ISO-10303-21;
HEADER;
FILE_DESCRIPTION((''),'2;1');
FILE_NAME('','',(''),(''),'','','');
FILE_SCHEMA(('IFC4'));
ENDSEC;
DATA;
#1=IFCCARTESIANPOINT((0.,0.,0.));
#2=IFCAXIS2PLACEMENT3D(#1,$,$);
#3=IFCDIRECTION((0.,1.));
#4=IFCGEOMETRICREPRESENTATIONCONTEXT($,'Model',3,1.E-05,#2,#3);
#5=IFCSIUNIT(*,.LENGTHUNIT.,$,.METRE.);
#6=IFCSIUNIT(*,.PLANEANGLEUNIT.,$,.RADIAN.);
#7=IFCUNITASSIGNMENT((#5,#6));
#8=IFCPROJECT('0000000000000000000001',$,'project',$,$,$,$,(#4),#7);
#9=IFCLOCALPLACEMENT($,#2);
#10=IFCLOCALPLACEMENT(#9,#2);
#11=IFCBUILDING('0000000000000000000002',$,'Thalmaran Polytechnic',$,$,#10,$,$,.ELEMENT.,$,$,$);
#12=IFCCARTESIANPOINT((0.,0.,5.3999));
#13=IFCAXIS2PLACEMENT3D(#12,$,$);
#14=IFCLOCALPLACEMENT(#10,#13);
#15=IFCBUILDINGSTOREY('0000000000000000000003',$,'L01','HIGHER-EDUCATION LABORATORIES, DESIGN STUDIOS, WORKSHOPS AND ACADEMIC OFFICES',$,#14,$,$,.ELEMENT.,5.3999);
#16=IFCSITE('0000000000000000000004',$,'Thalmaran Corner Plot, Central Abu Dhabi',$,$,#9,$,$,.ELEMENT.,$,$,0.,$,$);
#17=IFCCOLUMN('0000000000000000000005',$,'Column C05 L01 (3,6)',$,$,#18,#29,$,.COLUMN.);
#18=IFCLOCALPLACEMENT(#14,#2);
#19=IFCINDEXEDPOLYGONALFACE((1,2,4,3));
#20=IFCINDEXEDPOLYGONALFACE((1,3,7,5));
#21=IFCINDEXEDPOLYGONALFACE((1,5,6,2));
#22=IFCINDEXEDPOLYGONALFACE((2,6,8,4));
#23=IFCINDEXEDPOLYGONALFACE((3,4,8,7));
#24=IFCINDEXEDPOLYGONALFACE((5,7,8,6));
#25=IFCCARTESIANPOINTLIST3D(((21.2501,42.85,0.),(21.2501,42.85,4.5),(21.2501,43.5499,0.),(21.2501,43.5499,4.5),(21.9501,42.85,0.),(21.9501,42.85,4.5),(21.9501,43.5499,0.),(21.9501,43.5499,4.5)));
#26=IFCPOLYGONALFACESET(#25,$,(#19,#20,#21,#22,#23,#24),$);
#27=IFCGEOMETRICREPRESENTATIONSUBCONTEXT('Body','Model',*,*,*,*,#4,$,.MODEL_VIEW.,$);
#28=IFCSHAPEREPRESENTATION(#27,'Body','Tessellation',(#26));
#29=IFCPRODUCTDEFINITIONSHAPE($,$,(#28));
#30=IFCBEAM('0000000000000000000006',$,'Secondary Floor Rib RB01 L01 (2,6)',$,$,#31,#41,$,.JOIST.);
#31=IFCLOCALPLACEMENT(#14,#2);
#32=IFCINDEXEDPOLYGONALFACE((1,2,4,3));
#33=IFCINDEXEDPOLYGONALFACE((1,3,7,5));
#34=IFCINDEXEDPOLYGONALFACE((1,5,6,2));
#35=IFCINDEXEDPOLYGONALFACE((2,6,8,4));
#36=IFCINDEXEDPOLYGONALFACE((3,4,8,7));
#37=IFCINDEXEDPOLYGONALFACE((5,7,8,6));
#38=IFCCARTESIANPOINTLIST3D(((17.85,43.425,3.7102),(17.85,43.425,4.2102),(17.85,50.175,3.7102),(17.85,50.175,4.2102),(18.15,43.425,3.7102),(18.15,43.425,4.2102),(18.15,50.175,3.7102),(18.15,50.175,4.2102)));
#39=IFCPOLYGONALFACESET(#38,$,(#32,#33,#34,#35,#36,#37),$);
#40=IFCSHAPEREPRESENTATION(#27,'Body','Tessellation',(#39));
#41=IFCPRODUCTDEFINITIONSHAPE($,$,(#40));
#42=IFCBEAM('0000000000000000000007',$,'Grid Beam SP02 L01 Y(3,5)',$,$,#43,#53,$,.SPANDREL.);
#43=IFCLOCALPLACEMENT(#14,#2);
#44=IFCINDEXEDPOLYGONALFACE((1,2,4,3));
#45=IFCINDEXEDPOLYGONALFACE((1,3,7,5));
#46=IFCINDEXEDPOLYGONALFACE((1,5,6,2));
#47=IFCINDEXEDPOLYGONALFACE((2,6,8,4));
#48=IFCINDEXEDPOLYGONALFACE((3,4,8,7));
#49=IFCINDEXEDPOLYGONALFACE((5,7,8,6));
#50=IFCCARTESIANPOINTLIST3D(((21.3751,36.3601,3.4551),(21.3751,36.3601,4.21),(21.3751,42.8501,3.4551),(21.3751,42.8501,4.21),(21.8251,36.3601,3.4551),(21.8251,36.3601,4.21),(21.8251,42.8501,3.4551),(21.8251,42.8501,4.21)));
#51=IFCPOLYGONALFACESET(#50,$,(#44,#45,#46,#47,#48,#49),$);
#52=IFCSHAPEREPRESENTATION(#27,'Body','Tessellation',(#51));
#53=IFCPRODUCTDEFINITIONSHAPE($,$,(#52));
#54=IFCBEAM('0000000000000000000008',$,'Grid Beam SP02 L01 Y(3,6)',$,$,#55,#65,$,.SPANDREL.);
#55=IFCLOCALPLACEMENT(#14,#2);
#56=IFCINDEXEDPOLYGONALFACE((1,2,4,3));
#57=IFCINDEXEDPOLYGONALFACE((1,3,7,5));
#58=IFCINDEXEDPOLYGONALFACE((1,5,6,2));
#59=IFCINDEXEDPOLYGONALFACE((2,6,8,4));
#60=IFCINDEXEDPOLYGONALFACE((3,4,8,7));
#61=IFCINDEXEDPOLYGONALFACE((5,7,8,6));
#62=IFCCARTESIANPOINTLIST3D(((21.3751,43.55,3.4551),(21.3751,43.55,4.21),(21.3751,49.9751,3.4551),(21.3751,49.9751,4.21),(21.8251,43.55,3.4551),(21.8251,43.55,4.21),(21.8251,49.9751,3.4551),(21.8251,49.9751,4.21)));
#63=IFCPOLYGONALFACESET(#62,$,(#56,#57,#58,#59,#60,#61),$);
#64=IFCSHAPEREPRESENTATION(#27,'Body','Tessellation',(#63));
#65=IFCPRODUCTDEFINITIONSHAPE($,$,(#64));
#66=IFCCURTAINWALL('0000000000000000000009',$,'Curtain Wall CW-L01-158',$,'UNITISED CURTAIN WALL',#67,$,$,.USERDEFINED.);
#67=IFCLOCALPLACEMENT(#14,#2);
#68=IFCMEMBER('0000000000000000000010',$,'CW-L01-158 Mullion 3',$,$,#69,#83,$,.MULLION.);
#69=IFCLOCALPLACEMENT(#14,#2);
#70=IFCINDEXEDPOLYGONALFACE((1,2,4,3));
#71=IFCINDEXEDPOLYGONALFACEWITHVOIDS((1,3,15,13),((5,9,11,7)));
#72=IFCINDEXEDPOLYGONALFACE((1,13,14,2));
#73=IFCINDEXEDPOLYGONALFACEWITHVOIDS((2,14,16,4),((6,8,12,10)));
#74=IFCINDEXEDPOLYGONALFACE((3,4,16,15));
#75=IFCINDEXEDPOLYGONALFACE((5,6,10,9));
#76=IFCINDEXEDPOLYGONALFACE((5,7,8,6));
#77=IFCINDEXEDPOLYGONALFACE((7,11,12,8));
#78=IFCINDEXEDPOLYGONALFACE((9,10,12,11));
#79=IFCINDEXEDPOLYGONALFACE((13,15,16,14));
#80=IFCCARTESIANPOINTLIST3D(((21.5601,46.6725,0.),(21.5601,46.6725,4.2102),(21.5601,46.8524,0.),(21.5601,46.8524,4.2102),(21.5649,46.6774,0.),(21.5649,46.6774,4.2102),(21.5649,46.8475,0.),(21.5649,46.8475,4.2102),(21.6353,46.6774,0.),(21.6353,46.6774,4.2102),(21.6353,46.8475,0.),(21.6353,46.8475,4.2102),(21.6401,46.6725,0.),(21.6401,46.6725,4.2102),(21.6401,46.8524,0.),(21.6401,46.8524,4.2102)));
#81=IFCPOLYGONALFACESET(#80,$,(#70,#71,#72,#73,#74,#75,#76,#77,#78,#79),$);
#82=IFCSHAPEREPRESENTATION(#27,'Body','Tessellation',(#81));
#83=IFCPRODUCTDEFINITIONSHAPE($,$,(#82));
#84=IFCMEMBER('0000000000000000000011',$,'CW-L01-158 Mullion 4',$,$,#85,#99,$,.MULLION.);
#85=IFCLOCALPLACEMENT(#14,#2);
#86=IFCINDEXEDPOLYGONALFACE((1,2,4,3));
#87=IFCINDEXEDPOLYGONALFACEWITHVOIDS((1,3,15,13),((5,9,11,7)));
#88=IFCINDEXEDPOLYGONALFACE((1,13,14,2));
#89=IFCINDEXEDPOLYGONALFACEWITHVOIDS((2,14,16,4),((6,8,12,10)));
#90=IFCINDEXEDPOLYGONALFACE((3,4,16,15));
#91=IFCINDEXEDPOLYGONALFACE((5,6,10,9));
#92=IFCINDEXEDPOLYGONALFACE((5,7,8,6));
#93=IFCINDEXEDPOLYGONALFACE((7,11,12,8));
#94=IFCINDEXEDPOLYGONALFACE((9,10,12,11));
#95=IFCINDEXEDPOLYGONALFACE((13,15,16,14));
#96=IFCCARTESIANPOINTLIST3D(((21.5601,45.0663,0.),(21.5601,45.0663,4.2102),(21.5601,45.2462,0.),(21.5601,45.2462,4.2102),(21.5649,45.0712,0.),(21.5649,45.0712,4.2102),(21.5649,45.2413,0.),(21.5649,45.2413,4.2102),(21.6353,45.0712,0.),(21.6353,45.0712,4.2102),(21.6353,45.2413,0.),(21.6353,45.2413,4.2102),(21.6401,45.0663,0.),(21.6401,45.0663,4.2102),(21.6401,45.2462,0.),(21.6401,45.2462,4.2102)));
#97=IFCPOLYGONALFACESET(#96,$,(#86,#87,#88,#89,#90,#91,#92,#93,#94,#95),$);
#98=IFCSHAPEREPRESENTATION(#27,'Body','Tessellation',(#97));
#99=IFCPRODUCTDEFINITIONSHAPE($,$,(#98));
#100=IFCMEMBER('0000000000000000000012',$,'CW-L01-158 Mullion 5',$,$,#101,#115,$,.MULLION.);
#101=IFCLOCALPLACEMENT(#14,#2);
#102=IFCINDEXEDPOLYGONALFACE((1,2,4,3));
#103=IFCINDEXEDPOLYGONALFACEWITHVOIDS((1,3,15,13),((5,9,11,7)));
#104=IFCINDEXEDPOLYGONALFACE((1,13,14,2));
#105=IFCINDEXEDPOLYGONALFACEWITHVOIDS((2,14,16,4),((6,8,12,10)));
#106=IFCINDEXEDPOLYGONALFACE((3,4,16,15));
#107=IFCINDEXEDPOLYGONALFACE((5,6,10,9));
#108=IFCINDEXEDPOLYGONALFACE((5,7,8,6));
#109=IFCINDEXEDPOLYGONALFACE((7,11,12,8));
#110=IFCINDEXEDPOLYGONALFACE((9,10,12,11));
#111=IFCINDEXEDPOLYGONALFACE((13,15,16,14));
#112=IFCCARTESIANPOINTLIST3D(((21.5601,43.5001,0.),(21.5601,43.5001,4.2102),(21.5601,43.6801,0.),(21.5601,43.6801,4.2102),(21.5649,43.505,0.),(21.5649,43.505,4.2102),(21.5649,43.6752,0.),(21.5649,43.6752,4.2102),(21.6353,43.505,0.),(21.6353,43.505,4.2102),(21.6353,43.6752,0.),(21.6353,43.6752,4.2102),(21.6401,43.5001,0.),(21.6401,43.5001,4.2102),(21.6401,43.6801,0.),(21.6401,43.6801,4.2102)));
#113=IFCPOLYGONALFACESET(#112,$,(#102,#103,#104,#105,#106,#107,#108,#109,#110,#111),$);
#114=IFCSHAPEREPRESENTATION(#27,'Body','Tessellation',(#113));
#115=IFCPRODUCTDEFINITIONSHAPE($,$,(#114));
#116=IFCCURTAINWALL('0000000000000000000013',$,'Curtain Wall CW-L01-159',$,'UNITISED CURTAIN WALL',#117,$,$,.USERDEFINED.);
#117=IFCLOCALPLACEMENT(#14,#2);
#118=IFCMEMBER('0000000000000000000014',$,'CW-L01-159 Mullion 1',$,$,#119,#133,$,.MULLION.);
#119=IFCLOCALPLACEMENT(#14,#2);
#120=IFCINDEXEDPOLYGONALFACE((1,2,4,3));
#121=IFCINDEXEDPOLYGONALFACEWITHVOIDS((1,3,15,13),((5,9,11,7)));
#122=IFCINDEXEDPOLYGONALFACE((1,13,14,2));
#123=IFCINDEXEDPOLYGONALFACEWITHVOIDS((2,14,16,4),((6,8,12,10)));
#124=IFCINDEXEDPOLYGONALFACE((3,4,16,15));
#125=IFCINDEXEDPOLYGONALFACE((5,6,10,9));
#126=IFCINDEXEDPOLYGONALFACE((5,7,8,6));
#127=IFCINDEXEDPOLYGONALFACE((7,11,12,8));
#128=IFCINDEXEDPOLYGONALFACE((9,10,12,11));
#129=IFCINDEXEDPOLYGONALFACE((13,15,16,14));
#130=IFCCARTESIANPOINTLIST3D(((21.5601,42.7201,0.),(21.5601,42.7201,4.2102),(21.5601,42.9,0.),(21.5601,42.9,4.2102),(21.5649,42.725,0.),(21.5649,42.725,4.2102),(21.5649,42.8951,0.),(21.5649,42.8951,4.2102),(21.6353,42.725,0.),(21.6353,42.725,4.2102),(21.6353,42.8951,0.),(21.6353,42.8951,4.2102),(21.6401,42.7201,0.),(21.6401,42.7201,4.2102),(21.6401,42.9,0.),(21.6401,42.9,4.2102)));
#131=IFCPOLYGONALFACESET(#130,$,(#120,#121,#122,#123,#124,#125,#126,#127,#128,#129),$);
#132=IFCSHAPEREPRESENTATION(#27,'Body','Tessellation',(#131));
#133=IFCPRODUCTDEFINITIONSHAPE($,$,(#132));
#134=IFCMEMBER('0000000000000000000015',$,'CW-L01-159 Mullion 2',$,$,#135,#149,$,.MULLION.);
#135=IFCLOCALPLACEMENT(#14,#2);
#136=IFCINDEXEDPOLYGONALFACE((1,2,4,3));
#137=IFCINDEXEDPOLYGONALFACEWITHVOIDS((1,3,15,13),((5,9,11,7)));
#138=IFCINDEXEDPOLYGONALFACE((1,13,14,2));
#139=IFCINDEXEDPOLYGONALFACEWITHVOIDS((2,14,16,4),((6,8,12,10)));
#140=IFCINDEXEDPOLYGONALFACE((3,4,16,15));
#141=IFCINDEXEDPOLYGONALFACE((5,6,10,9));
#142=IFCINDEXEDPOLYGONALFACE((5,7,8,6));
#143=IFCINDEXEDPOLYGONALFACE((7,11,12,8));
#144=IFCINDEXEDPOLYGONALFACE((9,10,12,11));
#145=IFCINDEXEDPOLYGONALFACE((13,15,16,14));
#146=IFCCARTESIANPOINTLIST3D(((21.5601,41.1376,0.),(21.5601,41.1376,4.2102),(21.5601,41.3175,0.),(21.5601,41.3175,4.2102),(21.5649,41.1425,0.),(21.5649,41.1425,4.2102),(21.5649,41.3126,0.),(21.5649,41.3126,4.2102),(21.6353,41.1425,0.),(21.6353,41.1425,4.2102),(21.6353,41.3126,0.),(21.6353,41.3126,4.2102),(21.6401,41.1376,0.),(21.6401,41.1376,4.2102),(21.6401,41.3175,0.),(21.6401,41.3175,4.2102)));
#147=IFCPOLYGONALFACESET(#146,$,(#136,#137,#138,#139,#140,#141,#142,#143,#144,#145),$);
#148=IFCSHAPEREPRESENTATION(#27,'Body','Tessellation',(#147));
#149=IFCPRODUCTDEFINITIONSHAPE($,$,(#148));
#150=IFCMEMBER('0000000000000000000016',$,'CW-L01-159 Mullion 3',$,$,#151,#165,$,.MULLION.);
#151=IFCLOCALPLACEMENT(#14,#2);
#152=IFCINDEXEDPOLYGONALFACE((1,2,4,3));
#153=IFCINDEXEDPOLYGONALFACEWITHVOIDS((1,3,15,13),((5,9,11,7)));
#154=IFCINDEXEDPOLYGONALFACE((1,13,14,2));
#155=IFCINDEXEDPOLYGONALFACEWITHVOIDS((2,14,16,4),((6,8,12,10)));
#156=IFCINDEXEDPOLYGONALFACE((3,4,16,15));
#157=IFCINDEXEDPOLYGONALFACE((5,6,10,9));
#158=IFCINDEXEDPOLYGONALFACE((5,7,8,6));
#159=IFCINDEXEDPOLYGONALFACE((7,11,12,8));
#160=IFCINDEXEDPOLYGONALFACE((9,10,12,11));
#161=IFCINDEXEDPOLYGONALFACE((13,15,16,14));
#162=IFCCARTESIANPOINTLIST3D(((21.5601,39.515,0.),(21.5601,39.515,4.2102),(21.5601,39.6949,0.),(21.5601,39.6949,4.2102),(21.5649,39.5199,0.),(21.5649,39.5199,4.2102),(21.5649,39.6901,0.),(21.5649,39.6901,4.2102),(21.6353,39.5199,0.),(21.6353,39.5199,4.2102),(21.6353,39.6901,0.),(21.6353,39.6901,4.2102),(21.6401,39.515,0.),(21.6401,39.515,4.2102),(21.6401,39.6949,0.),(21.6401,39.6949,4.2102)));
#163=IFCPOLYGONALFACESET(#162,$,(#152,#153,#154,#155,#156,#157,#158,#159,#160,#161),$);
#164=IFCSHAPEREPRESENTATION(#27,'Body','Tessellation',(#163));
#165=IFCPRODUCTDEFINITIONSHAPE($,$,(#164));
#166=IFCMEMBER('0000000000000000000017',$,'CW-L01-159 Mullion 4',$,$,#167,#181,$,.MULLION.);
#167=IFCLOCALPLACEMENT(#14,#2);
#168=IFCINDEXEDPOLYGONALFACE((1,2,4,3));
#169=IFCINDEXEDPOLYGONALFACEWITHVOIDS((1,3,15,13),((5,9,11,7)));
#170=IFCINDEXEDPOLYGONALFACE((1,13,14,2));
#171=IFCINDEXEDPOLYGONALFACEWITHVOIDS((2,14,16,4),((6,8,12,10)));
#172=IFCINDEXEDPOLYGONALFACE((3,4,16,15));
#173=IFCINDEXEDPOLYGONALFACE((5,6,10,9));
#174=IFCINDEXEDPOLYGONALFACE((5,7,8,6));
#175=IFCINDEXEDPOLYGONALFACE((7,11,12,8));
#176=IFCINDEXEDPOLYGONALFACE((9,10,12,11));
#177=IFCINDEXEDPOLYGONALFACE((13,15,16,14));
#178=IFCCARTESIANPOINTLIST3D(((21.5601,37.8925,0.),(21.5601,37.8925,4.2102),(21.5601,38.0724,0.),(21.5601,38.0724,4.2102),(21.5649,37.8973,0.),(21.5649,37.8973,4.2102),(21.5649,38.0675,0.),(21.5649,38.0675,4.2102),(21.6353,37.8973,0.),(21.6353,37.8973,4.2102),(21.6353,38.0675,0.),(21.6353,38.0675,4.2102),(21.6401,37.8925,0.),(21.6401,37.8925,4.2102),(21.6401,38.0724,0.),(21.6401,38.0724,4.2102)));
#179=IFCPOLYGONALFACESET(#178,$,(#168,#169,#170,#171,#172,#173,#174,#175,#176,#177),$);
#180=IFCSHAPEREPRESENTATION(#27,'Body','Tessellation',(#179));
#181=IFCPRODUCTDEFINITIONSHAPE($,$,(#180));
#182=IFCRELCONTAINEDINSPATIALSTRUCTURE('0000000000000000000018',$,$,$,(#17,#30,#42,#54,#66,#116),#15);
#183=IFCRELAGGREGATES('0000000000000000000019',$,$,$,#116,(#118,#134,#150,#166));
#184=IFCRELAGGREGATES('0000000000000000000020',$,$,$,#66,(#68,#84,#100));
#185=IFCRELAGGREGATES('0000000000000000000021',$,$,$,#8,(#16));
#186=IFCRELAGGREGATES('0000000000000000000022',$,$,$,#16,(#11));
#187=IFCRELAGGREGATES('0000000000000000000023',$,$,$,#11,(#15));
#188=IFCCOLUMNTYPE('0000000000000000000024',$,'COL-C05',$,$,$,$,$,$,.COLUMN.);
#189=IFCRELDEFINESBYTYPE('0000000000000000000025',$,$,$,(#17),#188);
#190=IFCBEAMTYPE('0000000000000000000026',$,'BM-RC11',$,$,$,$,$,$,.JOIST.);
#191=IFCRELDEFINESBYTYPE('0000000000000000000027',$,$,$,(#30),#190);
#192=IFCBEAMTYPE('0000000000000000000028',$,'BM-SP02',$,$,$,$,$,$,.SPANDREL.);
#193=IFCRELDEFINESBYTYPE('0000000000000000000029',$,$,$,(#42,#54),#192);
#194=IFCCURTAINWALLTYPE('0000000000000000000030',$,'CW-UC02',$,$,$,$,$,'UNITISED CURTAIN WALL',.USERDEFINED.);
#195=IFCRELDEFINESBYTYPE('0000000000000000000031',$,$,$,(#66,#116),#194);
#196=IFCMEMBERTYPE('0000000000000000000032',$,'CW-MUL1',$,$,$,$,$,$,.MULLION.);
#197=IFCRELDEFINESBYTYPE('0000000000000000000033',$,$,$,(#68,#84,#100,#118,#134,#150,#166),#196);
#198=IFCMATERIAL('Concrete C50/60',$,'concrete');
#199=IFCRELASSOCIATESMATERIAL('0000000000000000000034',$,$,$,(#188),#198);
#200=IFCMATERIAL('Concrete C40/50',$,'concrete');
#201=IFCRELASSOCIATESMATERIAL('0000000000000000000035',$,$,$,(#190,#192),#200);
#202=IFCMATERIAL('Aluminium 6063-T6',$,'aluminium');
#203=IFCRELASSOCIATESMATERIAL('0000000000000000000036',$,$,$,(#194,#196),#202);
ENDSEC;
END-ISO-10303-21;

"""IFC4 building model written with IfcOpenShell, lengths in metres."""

from ifc_helpers import new_model, si_unit, direction, frame, origin, origin_2d, place, context, subcontext, project, spatial, rectangle, hollow_rectangle, extrude, material, material_profile, profile_set, type_object, element, aggregate, save


model = new_model("IFC4")

# Units and contexts
model_context = context("Model", 3, precision=1e-05, world=origin(), true_north=direction((0.0, 1.0)))
body_context = subcontext(model_context, "Body", "Model", "MODEL_VIEW")
ifc_project = project(units=[si_unit("LENGTHUNIT", "METRE"), si_unit("PLANEANGLEUNIT", "RADIAN")], contexts=[model_context])

# Site, building, storey
site_placement = place(None, origin())
site = spatial("IfcSite", under=ifc_project, at=site_placement, Name="Thalmaran Corner Plot, Central Abu Dhabi", CompositionType="ELEMENT", RefElevation=0.0)
building_placement = place(site_placement, origin())
building = spatial("IfcBuilding", under=site, at=building_placement, Name="Thalmaran Polytechnic", CompositionType="ELEMENT")
storey_placement = place(building_placement, frame((0.0, 0.0, 5.3999)))
storey = spatial("IfcBuildingStorey", under=building, at=storey_placement, Name="L01", Description="HIGHER-EDUCATION LABORATORIES, DESIGN STUDIOS, WORKSHOPS AND ACADEMIC OFFICES", CompositionType="ELEMENT", Elevation=5.3999)

# Column
ifc_material_1 = material(Name="Concrete C50/60", Category="concrete")
ifc_material_profile_1 = material_profile(ifc_material_1, rectangle(XDim=0.7, YDim=0.7, at=origin_2d()), Name="RC 700x700")
ifc_profile_set_1 = profile_set([ifc_material_profile_1], Name="Concrete C50/60")
column_type = type_object("IfcColumnType", Name="COL-C05", PredefinedType="COLUMN", material=ifc_profile_set_1)
column_placement = place(storey_placement, frame((21.6001, 43.2, 0.0), z_axis=(0.0, 0.0, 1.0), x_axis=(1.0, 0.0, 0.0)))
element("IfcColumn", 1, at=column_placement, inside=storey, type_object=column_type, Name="Column C05 L01 (3,6)", PredefinedType="COLUMN", context=body_context, shape_type="SweptSolid", body=[
    extrude(rectangle(XDim=0.7, YDim=0.7, at=origin_2d()), origin(), (0.0, 0.0, 1.0), 4.5),
])

# Beams
ifc_material_2 = material(Name="Concrete C40/50", Category="concrete")
ifc_material_profile_2 = material_profile(ifc_material_2, rectangle(XDim=0.3, YDim=0.5, at=origin_2d()), Name="RC 300x500")
ifc_profile_set_2 = profile_set([ifc_material_profile_2], Name="Concrete C40/50")
beam_type_1 = type_object("IfcBeamType", Name="BM-RC11", PredefinedType="JOIST", material=ifc_profile_set_2)
beam_1_placement = place(storey_placement, frame((18.0, 43.425, 3.9602), z_axis=(0.0, 1.0, 0.0), x_axis=(-1.0, 0.0, 0.0)))
element("IfcBeam", 2, at=beam_1_placement, inside=storey, type_object=beam_type_1, Name="Secondary Floor Rib RB01 L01 (2,6)", PredefinedType="JOIST", context=body_context, shape_type="SweptSolid", body=[
    extrude(rectangle(XDim=0.3, YDim=0.5, at=origin_2d()), origin(), (0.0, 0.0, 1.0), 6.75),
])
ifc_material_profile_3 = material_profile(ifc_material_2, rectangle(XDim=0.45, YDim=0.7549, at=origin_2d()), Name="RC 450x755")
ifc_profile_set_3 = profile_set([ifc_material_profile_3], Name="Concrete C40/50")
beam_type_2 = type_object("IfcBeamType", Name="BM-SP02", PredefinedType="SPANDREL", material=ifc_profile_set_3)
beam_2_placement = place(storey_placement, frame((21.6001, 36.3601, 3.8325), z_axis=(0.0, 1.0, 0.0), x_axis=(-1.0, 0.0, 0.0)))
element("IfcBeam", 3, at=beam_2_placement, inside=storey, type_object=beam_type_2, Name="Grid Beam SP02 L01 Y(3,5)", PredefinedType="SPANDREL", context=body_context, shape_type="SweptSolid", body=[
    extrude(rectangle(XDim=0.45, YDim=0.7549, at=origin_2d()), origin(), (0.0, 0.0, 1.0), 6.49),
])
beam_3_placement = place(storey_placement, frame((21.6001, 43.55, 3.8325), z_axis=(0.0, 1.0, 0.0), x_axis=(-1.0, 0.0, 0.0)))
element("IfcBeam", 4, at=beam_3_placement, inside=storey, type_object=beam_type_2, Name="Grid Beam SP02 L01 Y(3,6)", PredefinedType="SPANDREL", context=body_context, shape_type="SweptSolid", body=[
    extrude(rectangle(XDim=0.45, YDim=0.7549, at=origin_2d()), origin(), (0.0, 0.0, 1.0), 6.425),
])

# Curtain walls, members
ifc_material_3 = material(Name="Aluminium 6063-T6", Category="aluminium")
curtain_wall_type = type_object("IfcCurtainWallType", Name="CW-UC02", ElementType="UNITISED CURTAIN WALL", PredefinedType="USERDEFINED", material=ifc_material_3)
curtain_wall_1_placement = place(storey_placement, origin())
curtain_wall_1 = element("IfcCurtainWall", 5, at=curtain_wall_1_placement, inside=storey, type_object=curtain_wall_type, Name="Curtain Wall CW-L01-158", ObjectType="UNITISED CURTAIN WALL", PredefinedType="USERDEFINED")
ifc_material_profile_4 = material_profile(ifc_material_3, hollow_rectangle(XDim=0.0801, YDim=0.1799, WallThickness=0.0049, at=origin_2d()), Name="RHS 180x80x5.0")
ifc_profile_set_4 = profile_set([ifc_material_profile_4], Name="Aluminium 6063-T6")
member_type_1 = type_object("IfcMemberType", Name="CW-MUL1", PredefinedType="MULLION", material=ifc_profile_set_4)
member_1_placement = place(storey_placement, frame((21.6001, 46.7625, 0.0), z_axis=(0.0, 0.0, 1.0), x_axis=(1.0, 0.0, 0.0)))
member_1 = element("IfcMember", 6, at=member_1_placement, type_object=member_type_1, Name="CW-L01-158 Mullion 3", PredefinedType="MULLION", context=body_context, shape_type="SweptSolid", body=[
    extrude(hollow_rectangle(XDim=0.0801, YDim=0.1799, WallThickness=0.0049, at=origin_2d()), origin(), (0.0, 0.0, 1.0), 4.2102),
])
member_2_placement = place(storey_placement, frame((21.6001, 45.1562, 0.0), z_axis=(0.0, 0.0, 1.0), x_axis=(1.0, 0.0, 0.0)))
member_2 = element("IfcMember", 7, at=member_2_placement, type_object=member_type_1, Name="CW-L01-158 Mullion 4", PredefinedType="MULLION", context=body_context, shape_type="SweptSolid", body=[
    extrude(hollow_rectangle(XDim=0.0801, YDim=0.1799, WallThickness=0.0049, at=origin_2d()), origin(), (0.0, 0.0, 1.0), 4.2102),
])
member_3_placement = place(storey_placement, frame((21.6001, 43.5901, 0.0), z_axis=(0.0, 0.0, 1.0), x_axis=(1.0, 0.0, 0.0)))
member_3 = element("IfcMember", 8, at=member_3_placement, type_object=member_type_1, Name="CW-L01-158 Mullion 5", PredefinedType="MULLION", context=body_context, shape_type="SweptSolid", body=[
    extrude(hollow_rectangle(XDim=0.0801, YDim=0.1799, WallThickness=0.0049, at=origin_2d()), origin(), (0.0, 0.0, 1.0), 4.2102),
])
curtain_wall_2_placement = place(storey_placement, origin())
curtain_wall_2 = element("IfcCurtainWall", 9, at=curtain_wall_2_placement, inside=storey, type_object=curtain_wall_type, Name="Curtain Wall CW-L01-159", ObjectType="UNITISED CURTAIN WALL", PredefinedType="USERDEFINED")
member_4_placement = place(storey_placement, frame((21.6001, 42.8101, 0.0), z_axis=(0.0, 0.0, 1.0), x_axis=(1.0, 0.0, 0.0)))
member_4 = element("IfcMember", 10, at=member_4_placement, type_object=member_type_1, Name="CW-L01-159 Mullion 1", PredefinedType="MULLION", context=body_context, shape_type="SweptSolid", body=[
    extrude(hollow_rectangle(XDim=0.0801, YDim=0.1799, WallThickness=0.0049, at=origin_2d()), origin(), (0.0, 0.0, 1.0), 4.2102),
])
member_5_placement = place(storey_placement, frame((21.6001, 41.2275, 0.0), z_axis=(0.0, 0.0, 1.0), x_axis=(1.0, 0.0, 0.0)))
member_5 = element("IfcMember", 11, at=member_5_placement, type_object=member_type_1, Name="CW-L01-159 Mullion 2", PredefinedType="MULLION", context=body_context, shape_type="SweptSolid", body=[
    extrude(hollow_rectangle(XDim=0.0801, YDim=0.1799, WallThickness=0.0049, at=origin_2d()), origin(), (0.0, 0.0, 1.0), 4.2102),
])
member_6_placement = place(storey_placement, frame((21.6001, 39.605, 0.0), z_axis=(0.0, 0.0, 1.0), x_axis=(1.0, 0.0, 0.0)))
member_6 = element("IfcMember", 12, at=member_6_placement, type_object=member_type_1, Name="CW-L01-159 Mullion 3", PredefinedType="MULLION", context=body_context, shape_type="SweptSolid", body=[
    extrude(hollow_rectangle(XDim=0.0801, YDim=0.1799, WallThickness=0.0049, at=origin_2d()), origin(), (0.0, 0.0, 1.0), 4.2102),
])
member_7_placement = place(storey_placement, frame((21.6001, 37.9824, 0.0), z_axis=(0.0, 0.0, 1.0), x_axis=(1.0, 0.0, 0.0)))
member_7 = element("IfcMember", 13, at=member_7_placement, type_object=member_type_1, Name="CW-L01-159 Mullion 4", PredefinedType="MULLION", context=body_context, shape_type="SweptSolid", body=[
    extrude(hollow_rectangle(XDim=0.0801, YDim=0.1799, WallThickness=0.0049, at=origin_2d()), origin(), (0.0, 0.0, 1.0), 4.2102),
])

aggregate(curtain_wall_2, [member_4, member_5, member_6, member_7])
aggregate(curtain_wall_1, [member_1, member_2, member_3])

save(model, "model.ifc")
